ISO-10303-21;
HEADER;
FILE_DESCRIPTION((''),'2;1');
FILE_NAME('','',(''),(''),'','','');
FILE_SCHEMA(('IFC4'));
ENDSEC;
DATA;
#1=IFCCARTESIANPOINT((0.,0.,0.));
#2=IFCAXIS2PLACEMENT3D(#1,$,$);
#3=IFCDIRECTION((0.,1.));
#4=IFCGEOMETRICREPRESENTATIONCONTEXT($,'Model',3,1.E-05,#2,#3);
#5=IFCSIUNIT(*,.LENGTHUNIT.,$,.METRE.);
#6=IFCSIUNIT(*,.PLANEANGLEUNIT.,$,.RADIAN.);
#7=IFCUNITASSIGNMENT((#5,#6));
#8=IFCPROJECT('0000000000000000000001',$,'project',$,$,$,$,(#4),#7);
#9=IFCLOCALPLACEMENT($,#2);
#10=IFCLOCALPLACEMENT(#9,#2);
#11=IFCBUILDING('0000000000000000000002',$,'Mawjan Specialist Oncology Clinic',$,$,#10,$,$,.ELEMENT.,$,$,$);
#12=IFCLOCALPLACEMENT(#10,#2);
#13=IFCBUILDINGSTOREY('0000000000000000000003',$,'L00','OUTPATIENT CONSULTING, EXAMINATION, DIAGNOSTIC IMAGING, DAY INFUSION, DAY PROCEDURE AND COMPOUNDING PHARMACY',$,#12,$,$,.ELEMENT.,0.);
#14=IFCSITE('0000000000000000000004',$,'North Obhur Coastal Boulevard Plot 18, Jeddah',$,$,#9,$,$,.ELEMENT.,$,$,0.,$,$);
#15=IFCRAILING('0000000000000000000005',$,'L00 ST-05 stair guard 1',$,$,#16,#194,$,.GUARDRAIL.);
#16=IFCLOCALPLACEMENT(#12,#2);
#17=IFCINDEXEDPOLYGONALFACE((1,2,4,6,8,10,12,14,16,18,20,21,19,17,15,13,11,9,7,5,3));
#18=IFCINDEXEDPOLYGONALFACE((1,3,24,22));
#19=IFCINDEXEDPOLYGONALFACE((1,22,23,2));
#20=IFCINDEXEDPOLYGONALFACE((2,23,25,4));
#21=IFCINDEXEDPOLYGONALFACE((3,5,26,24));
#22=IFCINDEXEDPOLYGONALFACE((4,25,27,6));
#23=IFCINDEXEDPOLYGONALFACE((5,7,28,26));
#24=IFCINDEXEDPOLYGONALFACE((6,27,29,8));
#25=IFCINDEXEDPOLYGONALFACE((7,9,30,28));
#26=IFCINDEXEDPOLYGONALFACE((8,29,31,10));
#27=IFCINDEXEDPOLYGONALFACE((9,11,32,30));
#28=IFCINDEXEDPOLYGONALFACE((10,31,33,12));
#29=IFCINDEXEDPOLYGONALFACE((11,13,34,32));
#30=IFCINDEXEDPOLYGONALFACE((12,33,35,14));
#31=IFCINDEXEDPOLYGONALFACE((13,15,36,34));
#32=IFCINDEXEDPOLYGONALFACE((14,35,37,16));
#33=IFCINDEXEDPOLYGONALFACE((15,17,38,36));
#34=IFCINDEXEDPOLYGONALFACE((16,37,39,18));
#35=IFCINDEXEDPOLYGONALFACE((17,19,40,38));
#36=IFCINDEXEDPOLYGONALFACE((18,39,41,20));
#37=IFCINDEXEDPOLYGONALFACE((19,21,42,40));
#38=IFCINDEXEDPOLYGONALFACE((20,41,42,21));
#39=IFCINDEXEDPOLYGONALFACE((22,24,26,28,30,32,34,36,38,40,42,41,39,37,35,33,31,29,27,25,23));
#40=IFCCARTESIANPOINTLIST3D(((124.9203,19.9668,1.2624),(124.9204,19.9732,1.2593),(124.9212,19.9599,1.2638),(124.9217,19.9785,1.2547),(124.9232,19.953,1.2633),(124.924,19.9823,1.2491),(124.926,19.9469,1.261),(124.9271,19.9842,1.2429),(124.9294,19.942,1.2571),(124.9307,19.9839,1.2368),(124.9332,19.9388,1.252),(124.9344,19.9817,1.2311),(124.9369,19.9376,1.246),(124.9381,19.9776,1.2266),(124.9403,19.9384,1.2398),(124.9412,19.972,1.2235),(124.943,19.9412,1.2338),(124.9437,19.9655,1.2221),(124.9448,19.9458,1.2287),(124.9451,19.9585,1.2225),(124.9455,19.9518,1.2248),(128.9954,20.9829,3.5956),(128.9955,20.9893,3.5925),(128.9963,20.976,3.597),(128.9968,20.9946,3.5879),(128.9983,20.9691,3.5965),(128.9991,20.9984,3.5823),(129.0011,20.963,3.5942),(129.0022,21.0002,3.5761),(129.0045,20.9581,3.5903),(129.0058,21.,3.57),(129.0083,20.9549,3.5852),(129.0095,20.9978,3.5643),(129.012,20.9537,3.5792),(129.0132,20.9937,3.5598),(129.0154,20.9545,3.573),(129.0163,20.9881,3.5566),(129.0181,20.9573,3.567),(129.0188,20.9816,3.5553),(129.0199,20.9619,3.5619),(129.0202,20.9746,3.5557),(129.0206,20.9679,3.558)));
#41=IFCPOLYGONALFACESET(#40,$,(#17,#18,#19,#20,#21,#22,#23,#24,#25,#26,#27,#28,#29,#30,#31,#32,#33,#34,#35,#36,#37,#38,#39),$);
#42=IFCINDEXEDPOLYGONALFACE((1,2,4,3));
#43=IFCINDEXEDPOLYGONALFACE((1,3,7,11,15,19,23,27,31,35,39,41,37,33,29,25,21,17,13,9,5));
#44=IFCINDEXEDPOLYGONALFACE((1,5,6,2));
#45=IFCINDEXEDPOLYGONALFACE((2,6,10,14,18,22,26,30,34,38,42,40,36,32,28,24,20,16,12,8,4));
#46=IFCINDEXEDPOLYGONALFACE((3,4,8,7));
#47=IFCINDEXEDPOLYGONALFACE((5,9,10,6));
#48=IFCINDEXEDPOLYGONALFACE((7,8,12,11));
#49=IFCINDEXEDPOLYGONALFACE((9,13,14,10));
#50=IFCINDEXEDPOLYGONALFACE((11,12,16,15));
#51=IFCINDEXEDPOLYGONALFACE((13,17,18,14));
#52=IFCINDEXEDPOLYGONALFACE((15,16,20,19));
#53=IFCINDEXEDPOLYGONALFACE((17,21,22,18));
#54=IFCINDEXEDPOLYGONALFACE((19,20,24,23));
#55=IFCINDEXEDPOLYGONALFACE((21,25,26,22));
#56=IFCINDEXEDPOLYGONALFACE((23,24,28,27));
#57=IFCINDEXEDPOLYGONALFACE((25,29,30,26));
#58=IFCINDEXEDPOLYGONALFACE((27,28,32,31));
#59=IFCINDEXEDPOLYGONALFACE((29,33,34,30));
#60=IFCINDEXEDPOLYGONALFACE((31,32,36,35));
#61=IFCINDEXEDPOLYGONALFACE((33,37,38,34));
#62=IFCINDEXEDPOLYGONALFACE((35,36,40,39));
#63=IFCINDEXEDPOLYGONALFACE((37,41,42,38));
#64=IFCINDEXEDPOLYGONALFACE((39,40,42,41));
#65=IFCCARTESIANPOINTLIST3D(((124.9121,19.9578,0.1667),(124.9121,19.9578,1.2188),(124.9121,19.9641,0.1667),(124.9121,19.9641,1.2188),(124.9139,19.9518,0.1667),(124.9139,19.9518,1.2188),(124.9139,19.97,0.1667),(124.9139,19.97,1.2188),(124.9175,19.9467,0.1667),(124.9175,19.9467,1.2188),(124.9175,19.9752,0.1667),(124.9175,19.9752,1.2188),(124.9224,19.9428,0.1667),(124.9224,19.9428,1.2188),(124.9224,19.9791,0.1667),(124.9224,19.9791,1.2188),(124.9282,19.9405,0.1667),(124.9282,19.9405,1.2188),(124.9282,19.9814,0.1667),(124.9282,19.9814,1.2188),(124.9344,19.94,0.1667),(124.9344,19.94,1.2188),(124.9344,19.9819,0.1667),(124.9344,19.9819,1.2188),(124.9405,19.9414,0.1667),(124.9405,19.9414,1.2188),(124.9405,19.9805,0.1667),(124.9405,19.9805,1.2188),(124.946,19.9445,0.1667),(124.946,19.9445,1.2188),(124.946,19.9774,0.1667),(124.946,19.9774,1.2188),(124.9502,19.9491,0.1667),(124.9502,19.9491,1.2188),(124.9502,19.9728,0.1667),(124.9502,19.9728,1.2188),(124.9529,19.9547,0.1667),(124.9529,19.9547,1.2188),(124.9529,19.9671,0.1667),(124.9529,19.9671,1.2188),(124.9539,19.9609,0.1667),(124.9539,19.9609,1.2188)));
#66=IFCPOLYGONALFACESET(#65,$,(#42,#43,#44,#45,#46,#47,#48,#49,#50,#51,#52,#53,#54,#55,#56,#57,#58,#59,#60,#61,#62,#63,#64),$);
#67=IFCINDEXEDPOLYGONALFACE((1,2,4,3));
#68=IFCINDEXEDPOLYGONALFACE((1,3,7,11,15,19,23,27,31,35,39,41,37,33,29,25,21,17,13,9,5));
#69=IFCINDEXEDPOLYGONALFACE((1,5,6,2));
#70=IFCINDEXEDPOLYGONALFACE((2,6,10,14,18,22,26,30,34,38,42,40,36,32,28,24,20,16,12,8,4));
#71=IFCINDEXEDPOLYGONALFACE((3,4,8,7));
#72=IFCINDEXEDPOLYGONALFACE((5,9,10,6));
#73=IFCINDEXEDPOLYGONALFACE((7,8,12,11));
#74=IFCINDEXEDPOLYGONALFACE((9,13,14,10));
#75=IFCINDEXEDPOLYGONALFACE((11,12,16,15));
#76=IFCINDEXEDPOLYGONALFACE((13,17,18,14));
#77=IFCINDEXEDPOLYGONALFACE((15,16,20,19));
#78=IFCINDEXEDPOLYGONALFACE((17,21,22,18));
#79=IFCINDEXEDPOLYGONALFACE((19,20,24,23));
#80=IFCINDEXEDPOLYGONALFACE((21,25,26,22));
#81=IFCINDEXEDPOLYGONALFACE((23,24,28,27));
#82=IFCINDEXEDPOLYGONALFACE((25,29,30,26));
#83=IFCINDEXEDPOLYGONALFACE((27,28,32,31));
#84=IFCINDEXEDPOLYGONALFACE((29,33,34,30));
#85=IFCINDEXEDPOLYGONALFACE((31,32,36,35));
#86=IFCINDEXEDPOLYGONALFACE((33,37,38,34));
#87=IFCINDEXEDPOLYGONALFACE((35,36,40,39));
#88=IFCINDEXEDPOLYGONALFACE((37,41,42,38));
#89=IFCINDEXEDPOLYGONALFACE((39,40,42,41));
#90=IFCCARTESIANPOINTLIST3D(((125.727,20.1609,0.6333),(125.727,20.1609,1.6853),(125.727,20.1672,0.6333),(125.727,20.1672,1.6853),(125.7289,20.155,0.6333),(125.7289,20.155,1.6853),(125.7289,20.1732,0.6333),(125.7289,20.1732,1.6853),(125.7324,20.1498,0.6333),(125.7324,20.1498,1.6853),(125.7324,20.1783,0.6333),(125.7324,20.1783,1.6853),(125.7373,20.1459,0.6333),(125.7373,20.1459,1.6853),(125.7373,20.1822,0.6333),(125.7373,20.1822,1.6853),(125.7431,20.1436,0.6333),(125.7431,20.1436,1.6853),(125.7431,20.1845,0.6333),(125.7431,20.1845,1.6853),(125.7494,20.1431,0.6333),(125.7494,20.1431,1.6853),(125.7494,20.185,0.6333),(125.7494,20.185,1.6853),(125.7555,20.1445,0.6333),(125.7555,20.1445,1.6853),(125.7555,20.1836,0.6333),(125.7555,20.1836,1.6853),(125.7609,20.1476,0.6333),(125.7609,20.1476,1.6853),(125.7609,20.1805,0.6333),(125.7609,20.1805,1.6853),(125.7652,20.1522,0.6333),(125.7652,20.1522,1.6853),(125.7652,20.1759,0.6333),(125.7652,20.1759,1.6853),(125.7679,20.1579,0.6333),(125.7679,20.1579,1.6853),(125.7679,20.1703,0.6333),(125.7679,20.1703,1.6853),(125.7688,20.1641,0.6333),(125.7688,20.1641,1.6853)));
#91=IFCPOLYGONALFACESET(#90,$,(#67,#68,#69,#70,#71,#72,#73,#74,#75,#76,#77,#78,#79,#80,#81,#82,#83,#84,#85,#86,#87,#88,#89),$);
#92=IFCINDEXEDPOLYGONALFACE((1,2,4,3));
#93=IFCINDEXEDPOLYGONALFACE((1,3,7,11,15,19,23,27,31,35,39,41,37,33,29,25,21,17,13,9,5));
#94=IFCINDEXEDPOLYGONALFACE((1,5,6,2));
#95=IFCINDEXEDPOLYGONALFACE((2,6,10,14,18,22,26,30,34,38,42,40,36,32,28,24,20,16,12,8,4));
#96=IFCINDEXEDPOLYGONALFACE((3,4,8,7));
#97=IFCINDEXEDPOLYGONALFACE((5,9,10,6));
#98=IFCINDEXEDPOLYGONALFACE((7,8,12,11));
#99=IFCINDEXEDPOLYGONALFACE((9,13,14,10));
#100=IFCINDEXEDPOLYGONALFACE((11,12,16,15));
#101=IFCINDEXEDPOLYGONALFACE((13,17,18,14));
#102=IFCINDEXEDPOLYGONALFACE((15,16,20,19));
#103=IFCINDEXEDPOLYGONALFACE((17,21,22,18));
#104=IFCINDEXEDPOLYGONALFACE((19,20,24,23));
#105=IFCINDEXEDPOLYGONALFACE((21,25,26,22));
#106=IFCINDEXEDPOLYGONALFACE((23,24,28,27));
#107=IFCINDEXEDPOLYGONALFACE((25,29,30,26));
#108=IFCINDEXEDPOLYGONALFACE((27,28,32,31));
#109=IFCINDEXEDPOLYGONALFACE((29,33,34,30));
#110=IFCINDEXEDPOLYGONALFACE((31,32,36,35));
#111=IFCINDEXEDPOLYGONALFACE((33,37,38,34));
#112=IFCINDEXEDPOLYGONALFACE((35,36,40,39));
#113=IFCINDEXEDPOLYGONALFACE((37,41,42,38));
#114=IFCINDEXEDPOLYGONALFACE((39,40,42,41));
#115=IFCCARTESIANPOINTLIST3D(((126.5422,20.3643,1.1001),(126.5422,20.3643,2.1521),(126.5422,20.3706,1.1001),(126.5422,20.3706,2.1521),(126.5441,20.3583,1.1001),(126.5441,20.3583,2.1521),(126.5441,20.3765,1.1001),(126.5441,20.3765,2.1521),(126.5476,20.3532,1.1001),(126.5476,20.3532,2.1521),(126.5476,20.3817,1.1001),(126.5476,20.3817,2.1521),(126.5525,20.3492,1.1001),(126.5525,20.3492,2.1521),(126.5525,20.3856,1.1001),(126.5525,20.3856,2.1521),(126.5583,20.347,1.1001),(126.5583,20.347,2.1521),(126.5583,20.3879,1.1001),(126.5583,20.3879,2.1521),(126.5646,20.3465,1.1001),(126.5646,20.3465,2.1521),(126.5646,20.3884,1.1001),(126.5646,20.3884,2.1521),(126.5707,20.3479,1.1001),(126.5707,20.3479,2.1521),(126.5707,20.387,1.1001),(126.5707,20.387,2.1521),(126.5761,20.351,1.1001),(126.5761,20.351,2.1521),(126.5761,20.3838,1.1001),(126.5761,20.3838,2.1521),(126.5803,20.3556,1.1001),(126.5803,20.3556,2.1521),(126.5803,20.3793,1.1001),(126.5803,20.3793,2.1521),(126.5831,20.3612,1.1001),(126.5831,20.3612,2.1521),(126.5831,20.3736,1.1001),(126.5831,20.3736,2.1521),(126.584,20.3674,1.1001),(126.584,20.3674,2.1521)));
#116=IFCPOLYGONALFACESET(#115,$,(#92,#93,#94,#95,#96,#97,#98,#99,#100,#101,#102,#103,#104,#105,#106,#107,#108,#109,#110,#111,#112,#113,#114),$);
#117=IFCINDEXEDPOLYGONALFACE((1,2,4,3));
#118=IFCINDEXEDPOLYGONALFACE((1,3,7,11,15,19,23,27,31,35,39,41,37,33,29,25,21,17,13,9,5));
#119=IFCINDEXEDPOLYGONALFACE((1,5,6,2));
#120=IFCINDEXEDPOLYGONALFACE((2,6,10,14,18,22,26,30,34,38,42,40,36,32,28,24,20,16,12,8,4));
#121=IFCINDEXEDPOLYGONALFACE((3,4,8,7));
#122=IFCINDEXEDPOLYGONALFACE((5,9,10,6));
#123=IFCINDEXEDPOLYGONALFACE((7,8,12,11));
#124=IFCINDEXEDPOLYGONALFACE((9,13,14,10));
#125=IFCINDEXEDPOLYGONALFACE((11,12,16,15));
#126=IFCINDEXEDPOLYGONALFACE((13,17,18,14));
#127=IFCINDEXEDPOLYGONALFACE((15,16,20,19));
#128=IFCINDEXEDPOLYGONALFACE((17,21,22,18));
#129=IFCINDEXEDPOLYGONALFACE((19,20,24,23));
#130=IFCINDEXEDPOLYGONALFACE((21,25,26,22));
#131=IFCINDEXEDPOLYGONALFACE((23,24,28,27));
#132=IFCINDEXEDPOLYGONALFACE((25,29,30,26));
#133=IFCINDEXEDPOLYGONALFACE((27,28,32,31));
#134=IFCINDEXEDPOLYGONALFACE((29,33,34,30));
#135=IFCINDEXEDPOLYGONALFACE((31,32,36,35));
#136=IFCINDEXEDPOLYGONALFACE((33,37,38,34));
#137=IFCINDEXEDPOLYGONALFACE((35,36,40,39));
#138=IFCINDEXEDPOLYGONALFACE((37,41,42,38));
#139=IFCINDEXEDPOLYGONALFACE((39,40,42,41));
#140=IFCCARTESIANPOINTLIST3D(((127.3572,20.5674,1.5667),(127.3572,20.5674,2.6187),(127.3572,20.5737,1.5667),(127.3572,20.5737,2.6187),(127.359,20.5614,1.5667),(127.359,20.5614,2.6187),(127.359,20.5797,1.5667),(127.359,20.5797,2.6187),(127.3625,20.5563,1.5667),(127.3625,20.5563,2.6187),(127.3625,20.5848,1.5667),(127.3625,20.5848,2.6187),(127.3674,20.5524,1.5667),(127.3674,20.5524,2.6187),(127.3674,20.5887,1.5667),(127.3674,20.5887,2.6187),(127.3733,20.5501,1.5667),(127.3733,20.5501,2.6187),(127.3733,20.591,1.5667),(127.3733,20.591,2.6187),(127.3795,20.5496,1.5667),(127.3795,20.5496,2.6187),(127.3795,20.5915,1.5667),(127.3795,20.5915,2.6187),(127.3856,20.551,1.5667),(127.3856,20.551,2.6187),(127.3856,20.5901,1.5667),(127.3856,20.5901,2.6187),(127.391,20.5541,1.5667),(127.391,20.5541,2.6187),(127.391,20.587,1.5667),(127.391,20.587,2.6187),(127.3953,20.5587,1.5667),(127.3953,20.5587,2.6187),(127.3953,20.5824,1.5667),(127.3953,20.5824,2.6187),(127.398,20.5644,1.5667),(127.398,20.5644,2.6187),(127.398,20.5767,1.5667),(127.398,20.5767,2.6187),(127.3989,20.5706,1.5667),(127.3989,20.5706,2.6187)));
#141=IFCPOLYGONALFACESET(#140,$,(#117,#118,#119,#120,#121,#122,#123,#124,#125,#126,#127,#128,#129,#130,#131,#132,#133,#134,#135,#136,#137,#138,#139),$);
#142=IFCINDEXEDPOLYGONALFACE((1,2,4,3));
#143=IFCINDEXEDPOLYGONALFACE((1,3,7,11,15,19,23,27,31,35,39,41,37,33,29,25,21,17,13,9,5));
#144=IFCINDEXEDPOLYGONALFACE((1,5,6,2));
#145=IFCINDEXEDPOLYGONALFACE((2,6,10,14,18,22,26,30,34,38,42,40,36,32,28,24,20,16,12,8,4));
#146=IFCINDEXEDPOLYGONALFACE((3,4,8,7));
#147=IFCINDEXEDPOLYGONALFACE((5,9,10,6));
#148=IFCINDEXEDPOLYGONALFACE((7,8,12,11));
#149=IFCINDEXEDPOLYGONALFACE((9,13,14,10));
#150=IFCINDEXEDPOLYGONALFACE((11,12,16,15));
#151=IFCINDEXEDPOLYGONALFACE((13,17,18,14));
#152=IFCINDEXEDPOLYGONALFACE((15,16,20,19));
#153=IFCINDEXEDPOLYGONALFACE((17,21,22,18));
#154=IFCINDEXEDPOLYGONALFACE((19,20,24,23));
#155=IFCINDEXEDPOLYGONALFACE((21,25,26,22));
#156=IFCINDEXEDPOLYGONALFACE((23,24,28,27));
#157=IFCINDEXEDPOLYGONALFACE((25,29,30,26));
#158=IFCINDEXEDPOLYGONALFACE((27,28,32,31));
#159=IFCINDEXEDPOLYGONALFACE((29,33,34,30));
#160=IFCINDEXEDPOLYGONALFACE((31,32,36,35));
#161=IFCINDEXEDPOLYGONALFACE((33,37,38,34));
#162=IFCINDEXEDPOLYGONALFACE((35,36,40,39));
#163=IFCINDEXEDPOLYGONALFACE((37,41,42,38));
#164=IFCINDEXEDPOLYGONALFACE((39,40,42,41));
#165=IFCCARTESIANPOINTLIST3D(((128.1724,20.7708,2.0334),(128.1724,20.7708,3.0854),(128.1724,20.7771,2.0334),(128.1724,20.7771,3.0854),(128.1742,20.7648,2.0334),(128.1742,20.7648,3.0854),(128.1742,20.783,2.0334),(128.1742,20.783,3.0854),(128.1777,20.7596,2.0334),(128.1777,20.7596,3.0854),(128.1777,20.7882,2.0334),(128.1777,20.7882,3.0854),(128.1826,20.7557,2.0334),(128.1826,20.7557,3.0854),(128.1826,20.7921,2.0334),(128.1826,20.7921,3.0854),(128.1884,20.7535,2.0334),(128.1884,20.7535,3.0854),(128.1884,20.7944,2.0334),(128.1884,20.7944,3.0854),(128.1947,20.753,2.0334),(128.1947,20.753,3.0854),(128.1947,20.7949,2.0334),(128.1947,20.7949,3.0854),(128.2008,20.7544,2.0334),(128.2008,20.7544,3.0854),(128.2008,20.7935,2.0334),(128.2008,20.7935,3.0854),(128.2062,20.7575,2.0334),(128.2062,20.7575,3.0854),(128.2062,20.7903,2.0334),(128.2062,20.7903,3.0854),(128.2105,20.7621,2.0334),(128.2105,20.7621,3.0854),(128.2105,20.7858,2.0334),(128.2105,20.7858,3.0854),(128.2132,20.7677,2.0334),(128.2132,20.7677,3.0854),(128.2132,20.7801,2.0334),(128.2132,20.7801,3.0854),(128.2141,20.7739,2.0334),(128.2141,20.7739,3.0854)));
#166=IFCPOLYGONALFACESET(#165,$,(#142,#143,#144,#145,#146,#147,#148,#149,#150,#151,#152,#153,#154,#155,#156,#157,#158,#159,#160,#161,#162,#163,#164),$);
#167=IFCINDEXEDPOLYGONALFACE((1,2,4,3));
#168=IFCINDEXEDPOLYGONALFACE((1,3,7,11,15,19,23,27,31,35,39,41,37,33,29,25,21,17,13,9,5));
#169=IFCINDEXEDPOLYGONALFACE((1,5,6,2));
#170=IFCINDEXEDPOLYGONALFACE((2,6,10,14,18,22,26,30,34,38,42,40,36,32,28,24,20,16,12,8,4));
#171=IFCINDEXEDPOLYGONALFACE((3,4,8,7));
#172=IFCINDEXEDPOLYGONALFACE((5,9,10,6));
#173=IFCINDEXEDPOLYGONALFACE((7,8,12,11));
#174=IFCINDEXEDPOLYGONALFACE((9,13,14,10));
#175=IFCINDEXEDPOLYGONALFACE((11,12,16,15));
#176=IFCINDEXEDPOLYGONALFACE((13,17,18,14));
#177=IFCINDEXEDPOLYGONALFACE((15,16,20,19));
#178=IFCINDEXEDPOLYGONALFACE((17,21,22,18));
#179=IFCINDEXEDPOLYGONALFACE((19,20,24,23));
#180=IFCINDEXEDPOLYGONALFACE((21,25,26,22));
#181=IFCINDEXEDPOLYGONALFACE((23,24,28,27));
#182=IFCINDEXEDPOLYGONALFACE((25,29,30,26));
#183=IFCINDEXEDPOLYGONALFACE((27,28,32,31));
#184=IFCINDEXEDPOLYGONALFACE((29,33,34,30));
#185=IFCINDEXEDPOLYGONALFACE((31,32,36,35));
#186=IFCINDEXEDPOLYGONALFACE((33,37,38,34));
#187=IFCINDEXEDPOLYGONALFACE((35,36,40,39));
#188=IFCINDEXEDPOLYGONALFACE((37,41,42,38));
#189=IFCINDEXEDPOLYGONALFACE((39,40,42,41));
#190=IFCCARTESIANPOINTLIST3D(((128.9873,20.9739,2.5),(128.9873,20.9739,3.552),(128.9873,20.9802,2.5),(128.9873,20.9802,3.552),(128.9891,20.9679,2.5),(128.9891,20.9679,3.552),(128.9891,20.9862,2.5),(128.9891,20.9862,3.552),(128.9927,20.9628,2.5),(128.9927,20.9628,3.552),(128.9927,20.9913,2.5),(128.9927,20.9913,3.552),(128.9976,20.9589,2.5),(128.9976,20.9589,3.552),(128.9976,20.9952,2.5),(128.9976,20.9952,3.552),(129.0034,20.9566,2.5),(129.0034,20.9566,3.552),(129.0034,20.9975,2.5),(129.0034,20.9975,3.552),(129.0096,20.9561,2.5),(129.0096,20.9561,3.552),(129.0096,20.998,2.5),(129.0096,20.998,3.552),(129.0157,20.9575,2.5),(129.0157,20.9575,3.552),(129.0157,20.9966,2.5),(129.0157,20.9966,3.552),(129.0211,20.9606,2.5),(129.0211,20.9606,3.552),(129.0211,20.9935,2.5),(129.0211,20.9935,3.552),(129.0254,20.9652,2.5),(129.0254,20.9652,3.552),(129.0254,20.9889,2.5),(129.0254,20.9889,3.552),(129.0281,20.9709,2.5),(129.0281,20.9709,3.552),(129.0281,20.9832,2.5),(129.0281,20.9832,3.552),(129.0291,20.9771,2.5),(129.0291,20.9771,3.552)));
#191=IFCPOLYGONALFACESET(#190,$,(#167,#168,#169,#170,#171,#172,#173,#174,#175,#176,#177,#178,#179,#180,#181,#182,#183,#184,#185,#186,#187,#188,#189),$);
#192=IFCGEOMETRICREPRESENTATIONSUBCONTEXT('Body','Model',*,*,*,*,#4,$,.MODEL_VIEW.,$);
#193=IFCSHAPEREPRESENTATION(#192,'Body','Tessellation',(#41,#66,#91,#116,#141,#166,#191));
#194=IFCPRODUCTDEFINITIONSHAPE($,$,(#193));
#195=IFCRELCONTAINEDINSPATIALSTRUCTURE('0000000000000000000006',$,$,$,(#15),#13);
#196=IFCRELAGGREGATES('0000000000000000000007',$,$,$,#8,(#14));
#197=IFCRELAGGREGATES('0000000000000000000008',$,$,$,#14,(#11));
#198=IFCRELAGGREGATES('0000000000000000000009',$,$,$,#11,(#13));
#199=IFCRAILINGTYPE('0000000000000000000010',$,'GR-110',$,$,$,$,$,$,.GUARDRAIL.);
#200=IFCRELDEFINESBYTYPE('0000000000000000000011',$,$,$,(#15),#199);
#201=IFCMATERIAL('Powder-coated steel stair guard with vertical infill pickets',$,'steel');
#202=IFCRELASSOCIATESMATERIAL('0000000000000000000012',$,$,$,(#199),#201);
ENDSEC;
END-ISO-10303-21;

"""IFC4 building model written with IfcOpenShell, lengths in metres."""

from ifc_helpers import new_model, si_unit, direction, frame, origin, origin_2d, place, context, subcontext, project, spatial, circle, extrude, material, type_object, element, save


model = new_model("IFC4")

# Units and contexts
model_context = context("Model", 3, precision=1e-05, world=origin(), true_north=direction((0.0, 1.0)))
body_context = subcontext(model_context, "Body", "Model", "MODEL_VIEW")
ifc_project = project(units=[si_unit("LENGTHUNIT", "METRE"), si_unit("PLANEANGLEUNIT", "RADIAN")], contexts=[model_context])

# Site, building, storey
site_placement = place(None, origin())
site = spatial("IfcSite", under=ifc_project, at=site_placement, Name="North Obhur Coastal Boulevard Plot 18, Jeddah", CompositionType="ELEMENT", RefElevation=0.0)
building_placement = place(site_placement, origin())
building = spatial("IfcBuilding", under=site, at=building_placement, Name="Mawjan Specialist Oncology Clinic", CompositionType="ELEMENT")
storey_placement = place(building_placement, origin())
storey = spatial("IfcBuildingStorey", under=building, at=storey_placement, Name="L00", Description="OUTPATIENT CONSULTING, EXAMINATION, DIAGNOSTIC IMAGING, DAY INFUSION, DAY PROCEDURE AND COMPOUNDING PHARMACY", CompositionType="ELEMENT", Elevation=0.0)

# Railing
ifc_material_1 = material(Name="Powder-coated steel stair guard with vertical infill pickets", Category="steel")
railing_type_1 = type_object("IfcRailingType", Name="GR-110", PredefinedType="GUARDRAIL", material=ifc_material_1)
railing_1_placement = place(storey_placement, frame((124.9329, 19.9609, 0.1667)))
element("IfcRailing", 1, at=railing_1_placement, inside=storey, type_object=railing_type_1, Name="L00 ST-05 stair guard 1", PredefinedType="GUARDRAIL", context=body_context, shape_type="SweptSolid", body=[
    extrude(circle(Radius=0.0239, at=origin_2d()), frame((0.0, 0.0, 1.0762), z_axis=(0.848194, 0.211489, 0.485633), x_axis=(-0.241934, 0.970293, 0.0)), (0.0, 0.0, 1.0), 4.8044),
    extrude(circle(Radius=0.021, at=origin_2d()), origin(), (0.0, 0.0, 1.0), 1.052),
    extrude(circle(Radius=0.021, at=origin_2d()), frame((0.8149, 0.2031, 0.4666)), (0.0, 0.0, 1.0), 1.052),
    extrude(circle(Radius=0.021, at=origin_2d()), frame((1.6301, 0.4065, 0.9333)), (0.0, 0.0, 1.0), 1.052),
    extrude(circle(Radius=0.021, at=origin_2d()), frame((2.4451, 0.6096, 1.3999)), (0.0, 0.0, 1.0), 1.052),
    extrude(circle(Radius=0.021, at=origin_2d()), frame((3.2603, 0.813, 1.8667)), (0.0, 0.0, 1.0), 1.052),
    extrude(circle(Radius=0.021, at=origin_2d()), frame((4.0752, 1.0161, 2.3333)), (0.0, 0.0, 1.0), 1.052),
])

save(model, "model.ifc")
